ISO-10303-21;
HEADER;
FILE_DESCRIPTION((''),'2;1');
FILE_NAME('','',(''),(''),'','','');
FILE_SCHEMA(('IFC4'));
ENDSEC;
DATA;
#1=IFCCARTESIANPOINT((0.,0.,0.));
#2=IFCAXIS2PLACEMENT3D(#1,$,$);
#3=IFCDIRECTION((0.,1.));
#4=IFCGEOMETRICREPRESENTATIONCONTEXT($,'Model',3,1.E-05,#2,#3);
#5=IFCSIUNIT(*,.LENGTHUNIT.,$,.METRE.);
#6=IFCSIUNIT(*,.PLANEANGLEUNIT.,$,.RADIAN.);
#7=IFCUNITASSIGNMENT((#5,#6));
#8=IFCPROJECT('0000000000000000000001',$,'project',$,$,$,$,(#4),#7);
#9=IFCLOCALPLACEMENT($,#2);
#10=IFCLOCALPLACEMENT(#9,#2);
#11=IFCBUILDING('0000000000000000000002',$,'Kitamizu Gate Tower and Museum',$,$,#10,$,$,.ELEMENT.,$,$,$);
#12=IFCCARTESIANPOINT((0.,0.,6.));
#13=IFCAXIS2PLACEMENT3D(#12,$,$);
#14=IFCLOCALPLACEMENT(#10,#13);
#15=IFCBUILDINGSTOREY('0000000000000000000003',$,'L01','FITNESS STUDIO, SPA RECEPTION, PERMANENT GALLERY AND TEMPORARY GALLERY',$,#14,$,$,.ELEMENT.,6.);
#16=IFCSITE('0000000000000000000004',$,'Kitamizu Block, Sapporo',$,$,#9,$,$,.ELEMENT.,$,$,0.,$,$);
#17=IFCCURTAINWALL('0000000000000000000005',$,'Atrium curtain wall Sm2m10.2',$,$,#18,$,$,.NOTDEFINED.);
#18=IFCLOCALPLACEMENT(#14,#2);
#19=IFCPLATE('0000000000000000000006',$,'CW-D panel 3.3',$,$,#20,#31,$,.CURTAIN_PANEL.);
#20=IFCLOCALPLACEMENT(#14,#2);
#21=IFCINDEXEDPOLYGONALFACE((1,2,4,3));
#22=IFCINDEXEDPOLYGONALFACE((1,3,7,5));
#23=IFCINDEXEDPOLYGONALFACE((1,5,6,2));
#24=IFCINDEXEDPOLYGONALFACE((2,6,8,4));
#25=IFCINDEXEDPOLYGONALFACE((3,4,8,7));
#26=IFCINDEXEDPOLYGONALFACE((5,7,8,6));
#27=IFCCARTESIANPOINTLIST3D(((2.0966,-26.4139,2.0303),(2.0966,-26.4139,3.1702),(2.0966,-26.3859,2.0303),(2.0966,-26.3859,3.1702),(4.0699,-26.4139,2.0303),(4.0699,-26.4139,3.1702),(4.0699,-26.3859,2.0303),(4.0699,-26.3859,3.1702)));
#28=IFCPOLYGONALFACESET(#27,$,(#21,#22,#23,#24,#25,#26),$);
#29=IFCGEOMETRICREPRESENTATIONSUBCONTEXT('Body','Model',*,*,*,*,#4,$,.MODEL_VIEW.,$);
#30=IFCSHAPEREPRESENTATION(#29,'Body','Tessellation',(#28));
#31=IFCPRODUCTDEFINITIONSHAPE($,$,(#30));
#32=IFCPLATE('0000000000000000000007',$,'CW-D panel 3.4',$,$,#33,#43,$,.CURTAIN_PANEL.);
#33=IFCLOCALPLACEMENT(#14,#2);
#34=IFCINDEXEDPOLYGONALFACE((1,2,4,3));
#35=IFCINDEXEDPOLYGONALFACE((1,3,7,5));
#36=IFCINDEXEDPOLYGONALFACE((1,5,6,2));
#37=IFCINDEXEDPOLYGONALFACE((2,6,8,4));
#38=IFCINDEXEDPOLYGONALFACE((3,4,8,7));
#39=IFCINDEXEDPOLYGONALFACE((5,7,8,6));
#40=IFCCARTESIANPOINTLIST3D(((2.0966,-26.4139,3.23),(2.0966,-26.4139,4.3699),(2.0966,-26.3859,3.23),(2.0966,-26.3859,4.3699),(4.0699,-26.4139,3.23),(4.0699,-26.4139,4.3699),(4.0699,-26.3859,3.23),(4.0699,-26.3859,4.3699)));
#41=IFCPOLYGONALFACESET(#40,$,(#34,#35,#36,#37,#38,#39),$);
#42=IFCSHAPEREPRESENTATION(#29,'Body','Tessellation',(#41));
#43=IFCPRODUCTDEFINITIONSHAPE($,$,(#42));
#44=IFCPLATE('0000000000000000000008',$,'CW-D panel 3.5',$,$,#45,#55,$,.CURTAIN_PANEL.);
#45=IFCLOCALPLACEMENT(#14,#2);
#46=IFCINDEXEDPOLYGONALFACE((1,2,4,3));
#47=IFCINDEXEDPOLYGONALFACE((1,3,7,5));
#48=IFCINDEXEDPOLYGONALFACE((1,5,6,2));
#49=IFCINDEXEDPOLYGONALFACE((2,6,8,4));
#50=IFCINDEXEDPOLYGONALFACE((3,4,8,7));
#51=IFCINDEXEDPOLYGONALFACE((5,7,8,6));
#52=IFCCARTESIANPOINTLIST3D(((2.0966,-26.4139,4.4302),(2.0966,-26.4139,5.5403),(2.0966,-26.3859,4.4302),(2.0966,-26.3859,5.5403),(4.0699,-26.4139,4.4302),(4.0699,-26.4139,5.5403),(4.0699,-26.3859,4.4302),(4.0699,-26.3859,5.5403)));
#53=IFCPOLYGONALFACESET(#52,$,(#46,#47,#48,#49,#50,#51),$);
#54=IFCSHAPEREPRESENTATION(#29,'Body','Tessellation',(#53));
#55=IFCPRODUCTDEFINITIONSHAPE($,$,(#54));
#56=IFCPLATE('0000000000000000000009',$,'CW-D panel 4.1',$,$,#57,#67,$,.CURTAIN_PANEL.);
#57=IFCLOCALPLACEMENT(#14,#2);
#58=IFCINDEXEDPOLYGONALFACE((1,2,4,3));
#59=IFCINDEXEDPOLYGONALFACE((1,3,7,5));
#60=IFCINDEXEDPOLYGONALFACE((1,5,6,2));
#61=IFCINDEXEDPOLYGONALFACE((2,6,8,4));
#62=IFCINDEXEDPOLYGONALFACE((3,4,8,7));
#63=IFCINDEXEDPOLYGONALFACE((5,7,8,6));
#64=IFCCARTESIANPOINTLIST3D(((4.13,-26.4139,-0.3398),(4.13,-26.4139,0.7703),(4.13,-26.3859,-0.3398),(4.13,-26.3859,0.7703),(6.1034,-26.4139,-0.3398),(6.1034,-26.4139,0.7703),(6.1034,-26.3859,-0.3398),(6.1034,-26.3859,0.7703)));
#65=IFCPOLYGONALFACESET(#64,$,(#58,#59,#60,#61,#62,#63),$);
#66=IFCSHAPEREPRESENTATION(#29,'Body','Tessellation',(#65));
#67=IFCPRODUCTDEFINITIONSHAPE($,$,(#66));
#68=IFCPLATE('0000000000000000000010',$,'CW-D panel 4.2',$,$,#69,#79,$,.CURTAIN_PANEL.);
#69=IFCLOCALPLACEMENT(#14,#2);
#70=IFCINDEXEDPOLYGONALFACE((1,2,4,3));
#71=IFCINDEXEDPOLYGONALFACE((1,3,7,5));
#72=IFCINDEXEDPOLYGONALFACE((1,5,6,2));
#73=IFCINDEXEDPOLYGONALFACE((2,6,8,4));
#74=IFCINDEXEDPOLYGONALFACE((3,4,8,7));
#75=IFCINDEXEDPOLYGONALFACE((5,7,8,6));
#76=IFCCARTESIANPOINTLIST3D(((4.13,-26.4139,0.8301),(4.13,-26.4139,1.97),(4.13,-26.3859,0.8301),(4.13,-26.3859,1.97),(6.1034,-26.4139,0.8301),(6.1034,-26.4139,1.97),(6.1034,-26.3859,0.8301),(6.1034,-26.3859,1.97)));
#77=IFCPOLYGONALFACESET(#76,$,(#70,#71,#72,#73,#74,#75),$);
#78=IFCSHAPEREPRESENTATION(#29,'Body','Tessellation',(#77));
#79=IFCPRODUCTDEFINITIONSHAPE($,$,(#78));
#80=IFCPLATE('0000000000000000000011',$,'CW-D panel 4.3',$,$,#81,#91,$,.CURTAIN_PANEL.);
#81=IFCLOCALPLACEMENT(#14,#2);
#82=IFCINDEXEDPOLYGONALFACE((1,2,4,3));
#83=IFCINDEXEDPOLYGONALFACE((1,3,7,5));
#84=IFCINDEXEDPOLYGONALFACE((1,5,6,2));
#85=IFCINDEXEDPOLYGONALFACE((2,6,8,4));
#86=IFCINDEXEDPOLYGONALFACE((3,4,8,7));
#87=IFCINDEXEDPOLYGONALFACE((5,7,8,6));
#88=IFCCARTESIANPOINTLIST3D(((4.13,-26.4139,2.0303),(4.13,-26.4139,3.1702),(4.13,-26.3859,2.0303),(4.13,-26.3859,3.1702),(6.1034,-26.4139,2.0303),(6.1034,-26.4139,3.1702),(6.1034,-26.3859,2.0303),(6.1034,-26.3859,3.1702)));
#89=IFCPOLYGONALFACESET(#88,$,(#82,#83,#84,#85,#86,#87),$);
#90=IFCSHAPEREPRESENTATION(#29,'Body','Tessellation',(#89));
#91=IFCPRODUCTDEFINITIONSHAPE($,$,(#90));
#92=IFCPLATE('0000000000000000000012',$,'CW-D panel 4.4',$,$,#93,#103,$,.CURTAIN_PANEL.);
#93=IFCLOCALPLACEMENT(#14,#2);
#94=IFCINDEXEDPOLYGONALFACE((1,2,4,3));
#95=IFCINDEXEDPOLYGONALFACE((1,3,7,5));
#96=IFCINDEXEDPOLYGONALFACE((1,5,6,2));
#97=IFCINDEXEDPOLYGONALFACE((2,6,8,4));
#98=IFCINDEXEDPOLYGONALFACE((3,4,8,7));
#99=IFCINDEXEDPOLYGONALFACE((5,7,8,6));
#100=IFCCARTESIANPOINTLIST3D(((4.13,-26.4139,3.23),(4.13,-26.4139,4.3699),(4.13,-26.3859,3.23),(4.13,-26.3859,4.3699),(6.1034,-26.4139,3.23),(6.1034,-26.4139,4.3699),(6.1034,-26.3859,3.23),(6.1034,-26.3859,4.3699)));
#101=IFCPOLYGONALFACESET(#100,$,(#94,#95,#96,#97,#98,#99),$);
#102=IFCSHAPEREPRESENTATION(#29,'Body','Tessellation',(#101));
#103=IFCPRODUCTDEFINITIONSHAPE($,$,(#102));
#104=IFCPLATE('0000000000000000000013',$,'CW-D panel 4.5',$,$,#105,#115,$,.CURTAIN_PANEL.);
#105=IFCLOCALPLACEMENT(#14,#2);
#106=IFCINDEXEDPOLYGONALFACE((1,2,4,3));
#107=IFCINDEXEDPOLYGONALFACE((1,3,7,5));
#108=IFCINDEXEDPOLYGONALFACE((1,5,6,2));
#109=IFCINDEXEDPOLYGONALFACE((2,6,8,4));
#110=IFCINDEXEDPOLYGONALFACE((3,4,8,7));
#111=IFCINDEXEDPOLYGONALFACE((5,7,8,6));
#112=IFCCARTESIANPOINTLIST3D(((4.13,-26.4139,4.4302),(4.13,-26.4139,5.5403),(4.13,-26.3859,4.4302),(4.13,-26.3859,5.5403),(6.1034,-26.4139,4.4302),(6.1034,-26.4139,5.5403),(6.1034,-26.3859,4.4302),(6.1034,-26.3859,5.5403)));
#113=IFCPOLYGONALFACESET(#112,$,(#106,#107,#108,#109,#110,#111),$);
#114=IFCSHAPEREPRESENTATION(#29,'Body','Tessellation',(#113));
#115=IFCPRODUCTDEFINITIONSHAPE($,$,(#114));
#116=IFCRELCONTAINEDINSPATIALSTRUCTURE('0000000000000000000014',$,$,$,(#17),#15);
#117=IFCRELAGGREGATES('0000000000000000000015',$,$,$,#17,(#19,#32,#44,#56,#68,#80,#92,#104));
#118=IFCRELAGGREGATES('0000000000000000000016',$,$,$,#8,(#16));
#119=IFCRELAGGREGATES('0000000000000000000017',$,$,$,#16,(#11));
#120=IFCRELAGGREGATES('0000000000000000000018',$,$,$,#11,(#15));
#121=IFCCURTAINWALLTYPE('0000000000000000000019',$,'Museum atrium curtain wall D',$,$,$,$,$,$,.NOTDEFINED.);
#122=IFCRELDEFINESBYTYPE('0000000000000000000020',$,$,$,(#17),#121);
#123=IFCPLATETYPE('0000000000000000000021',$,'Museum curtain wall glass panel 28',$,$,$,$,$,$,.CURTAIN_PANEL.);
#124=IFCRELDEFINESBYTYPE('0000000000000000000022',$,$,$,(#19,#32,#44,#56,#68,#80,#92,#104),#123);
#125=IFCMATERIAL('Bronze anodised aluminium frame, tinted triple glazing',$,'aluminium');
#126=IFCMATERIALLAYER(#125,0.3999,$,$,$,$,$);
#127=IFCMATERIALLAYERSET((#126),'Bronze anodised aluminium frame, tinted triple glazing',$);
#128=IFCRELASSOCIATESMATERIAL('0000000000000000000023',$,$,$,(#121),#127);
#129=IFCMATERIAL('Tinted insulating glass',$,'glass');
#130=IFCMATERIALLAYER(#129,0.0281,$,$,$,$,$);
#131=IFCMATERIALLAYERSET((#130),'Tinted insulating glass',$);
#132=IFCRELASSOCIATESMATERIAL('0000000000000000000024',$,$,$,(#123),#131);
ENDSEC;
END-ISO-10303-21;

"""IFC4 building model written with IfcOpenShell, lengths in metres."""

from ifc_helpers import new_model, si_unit, direction, frame, origin, origin_2d, place, context, subcontext, project, spatial, rectangle, extrude, material, layer, layer_set, type_object, element, aggregate, save


model = new_model("IFC4")

# Units and contexts
model_context = context("Model", 3, precision=1e-05, world=origin(), true_north=direction((0.0, 1.0)))
body_context = subcontext(model_context, "Body", "Model", "MODEL_VIEW")
ifc_project = project(units=[si_unit("LENGTHUNIT", "METRE"), si_unit("PLANEANGLEUNIT", "RADIAN")], contexts=[model_context])

# Site, building, storey
site_placement = place(None, origin())
site = spatial("IfcSite", under=ifc_project, at=site_placement, Name="Kitamizu Block, Sapporo", CompositionType="ELEMENT", RefElevation=0.0)
building_placement = place(site_placement, origin())
building = spatial("IfcBuilding", under=site, at=building_placement, Name="Kitamizu Gate Tower and Museum", CompositionType="ELEMENT")
storey_placement = place(building_placement, frame((0.0, 0.0, 6.0)))
storey = spatial("IfcBuildingStorey", under=building, at=storey_placement, Name="L01", Description="FITNESS STUDIO, SPA RECEPTION, PERMANENT GALLERY AND TEMPORARY GALLERY", CompositionType="ELEMENT", Elevation=6.0)

# Curtain wall, plates
ifc_material_1 = material(Name="Bronze anodised aluminium frame, tinted triple glazing", Category="aluminium")
ifc_layer_1 = layer(ifc_material_1, 0.3999)
ifc_layer_set_1 = layer_set([ifc_layer_1], Name="Bronze anodised aluminium frame, tinted triple glazing")
curtain_wall_type = type_object("IfcCurtainWallType", Name="Museum atrium curtain wall D", PredefinedType="NOTDEFINED", material=ifc_layer_set_1)
curtain_wall_placement = place(storey_placement, origin())
curtain_wall = element("IfcCurtainWall", 1, at=curtain_wall_placement, inside=storey, type_object=curtain_wall_type, Name="Atrium curtain wall Sm2m10.2", PredefinedType="NOTDEFINED")
ifc_material_2 = material(Name="Tinted insulating glass", Category="glass")
ifc_layer_2 = layer(ifc_material_2, 0.0281)
ifc_layer_set_2 = layer_set([ifc_layer_2], Name="Tinted insulating glass")
plate_type = type_object("IfcPlateType", Name="Museum curtain wall glass panel 28", PredefinedType="CURTAIN_PANEL", material=ifc_layer_set_2)
plate_1_placement = place(storey_placement, frame((3.0833, -26.3999, 2.0303), z_axis=(0.0, 0.0, 1.0), x_axis=(1.0, 0.0, 0.0)))
plate_1 = element("IfcPlate", 2, at=plate_1_placement, type_object=plate_type, Name="CW-D panel 3.3", PredefinedType="CURTAIN_PANEL", context=body_context, shape_type="SweptSolid", body=[
    extrude(rectangle(XDim=1.9734, YDim=0.0281, at=origin_2d()), origin(), (0.0, 0.0, 1.0), 1.1399),
])
plate_2_placement = place(storey_placement, frame((3.0833, -26.3999, 3.23), z_axis=(0.0, 0.0, 1.0), x_axis=(1.0, 0.0, 0.0)))
plate_2 = element("IfcPlate", 3, at=plate_2_placement, type_object=plate_type, Name="CW-D panel 3.4", PredefinedType="CURTAIN_PANEL", context=body_context, shape_type="SweptSolid", body=[
    extrude(rectangle(XDim=1.9734, YDim=0.0281, at=origin_2d()), origin(), (0.0, 0.0, 1.0), 1.1399),
])
plate_3_placement = place(storey_placement, frame((3.0833, -26.3999, 4.4302), z_axis=(0.0, 0.0, 1.0), x_axis=(1.0, 0.0, 0.0)))
plate_3 = element("IfcPlate", 4, at=plate_3_placement, type_object=plate_type, Name="CW-D panel 3.5", PredefinedType="CURTAIN_PANEL", context=body_context, shape_type="SweptSolid", body=[
    extrude(rectangle(XDim=1.9734, YDim=0.0281, at=origin_2d()), origin(), (0.0, 0.0, 1.0), 1.1101),
])
plate_4_placement = place(storey_placement, frame((5.1167, -26.3999, -0.3398), z_axis=(0.0, 0.0, 1.0), x_axis=(1.0, 0.0, 0.0)))
plate_4 = element("IfcPlate", 5, at=plate_4_placement, type_object=plate_type, Name="CW-D panel 4.1", PredefinedType="CURTAIN_PANEL", context=body_context, shape_type="SweptSolid", body=[
    extrude(rectangle(XDim=1.9734, YDim=0.0281, at=origin_2d()), origin(), (0.0, 0.0, 1.0), 1.1101),
])
plate_5_placement = place(storey_placement, frame((5.1167, -26.3999, 0.8301), z_axis=(0.0, 0.0, 1.0), x_axis=(1.0, 0.0, 0.0)))
plate_5 = element("IfcPlate", 6, at=plate_5_placement, type_object=plate_type, Name="CW-D panel 4.2", PredefinedType="CURTAIN_PANEL", context=body_context, shape_type="SweptSolid", body=[
    extrude(rectangle(XDim=1.9734, YDim=0.0281, at=origin_2d()), origin(), (0.0, 0.0, 1.0), 1.1399),
])
plate_6_placement = place(storey_placement, frame((5.1167, -26.3999, 2.0303), z_axis=(0.0, 0.0, 1.0), x_axis=(1.0, 0.0, 0.0)))
plate_6 = element("IfcPlate", 7, at=plate_6_placement, type_object=plate_type, Name="CW-D panel 4.3", PredefinedType="CURTAIN_PANEL", context=body_context, shape_type="SweptSolid", body=[
    extrude(rectangle(XDim=1.9734, YDim=0.0281, at=origin_2d()), origin(), (0.0, 0.0, 1.0), 1.1399),
])
plate_7_placement = place(storey_placement, frame((5.1167, -26.3999, 3.23), z_axis=(0.0, 0.0, 1.0), x_axis=(1.0, 0.0, 0.0)))
plate_7 = element("IfcPlate", 8, at=plate_7_placement, type_object=plate_type, Name="CW-D panel 4.4", PredefinedType="CURTAIN_PANEL", context=body_context, shape_type="SweptSolid", body=[
    extrude(rectangle(XDim=1.9734, YDim=0.0281, at=origin_2d()), origin(), (0.0, 0.0, 1.0), 1.1399),
])
plate_8_placement = place(storey_placement, frame((5.1167, -26.3999, 4.4302), z_axis=(0.0, 0.0, 1.0), x_axis=(1.0, 0.0, 0.0)))
plate_8 = element("IfcPlate", 9, at=plate_8_placement, type_object=plate_type, Name="CW-D panel 4.5", PredefinedType="CURTAIN_PANEL", context=body_context, shape_type="SweptSolid", body=[
    extrude(rectangle(XDim=1.9734, YDim=0.0281, at=origin_2d()), origin(), (0.0, 0.0, 1.0), 1.1101),
])
aggregate(curtain_wall, [plate_1, plate_2, plate_3, plate_4, plate_5, plate_6, plate_7, plate_8])

save(model, "model.ifc")
